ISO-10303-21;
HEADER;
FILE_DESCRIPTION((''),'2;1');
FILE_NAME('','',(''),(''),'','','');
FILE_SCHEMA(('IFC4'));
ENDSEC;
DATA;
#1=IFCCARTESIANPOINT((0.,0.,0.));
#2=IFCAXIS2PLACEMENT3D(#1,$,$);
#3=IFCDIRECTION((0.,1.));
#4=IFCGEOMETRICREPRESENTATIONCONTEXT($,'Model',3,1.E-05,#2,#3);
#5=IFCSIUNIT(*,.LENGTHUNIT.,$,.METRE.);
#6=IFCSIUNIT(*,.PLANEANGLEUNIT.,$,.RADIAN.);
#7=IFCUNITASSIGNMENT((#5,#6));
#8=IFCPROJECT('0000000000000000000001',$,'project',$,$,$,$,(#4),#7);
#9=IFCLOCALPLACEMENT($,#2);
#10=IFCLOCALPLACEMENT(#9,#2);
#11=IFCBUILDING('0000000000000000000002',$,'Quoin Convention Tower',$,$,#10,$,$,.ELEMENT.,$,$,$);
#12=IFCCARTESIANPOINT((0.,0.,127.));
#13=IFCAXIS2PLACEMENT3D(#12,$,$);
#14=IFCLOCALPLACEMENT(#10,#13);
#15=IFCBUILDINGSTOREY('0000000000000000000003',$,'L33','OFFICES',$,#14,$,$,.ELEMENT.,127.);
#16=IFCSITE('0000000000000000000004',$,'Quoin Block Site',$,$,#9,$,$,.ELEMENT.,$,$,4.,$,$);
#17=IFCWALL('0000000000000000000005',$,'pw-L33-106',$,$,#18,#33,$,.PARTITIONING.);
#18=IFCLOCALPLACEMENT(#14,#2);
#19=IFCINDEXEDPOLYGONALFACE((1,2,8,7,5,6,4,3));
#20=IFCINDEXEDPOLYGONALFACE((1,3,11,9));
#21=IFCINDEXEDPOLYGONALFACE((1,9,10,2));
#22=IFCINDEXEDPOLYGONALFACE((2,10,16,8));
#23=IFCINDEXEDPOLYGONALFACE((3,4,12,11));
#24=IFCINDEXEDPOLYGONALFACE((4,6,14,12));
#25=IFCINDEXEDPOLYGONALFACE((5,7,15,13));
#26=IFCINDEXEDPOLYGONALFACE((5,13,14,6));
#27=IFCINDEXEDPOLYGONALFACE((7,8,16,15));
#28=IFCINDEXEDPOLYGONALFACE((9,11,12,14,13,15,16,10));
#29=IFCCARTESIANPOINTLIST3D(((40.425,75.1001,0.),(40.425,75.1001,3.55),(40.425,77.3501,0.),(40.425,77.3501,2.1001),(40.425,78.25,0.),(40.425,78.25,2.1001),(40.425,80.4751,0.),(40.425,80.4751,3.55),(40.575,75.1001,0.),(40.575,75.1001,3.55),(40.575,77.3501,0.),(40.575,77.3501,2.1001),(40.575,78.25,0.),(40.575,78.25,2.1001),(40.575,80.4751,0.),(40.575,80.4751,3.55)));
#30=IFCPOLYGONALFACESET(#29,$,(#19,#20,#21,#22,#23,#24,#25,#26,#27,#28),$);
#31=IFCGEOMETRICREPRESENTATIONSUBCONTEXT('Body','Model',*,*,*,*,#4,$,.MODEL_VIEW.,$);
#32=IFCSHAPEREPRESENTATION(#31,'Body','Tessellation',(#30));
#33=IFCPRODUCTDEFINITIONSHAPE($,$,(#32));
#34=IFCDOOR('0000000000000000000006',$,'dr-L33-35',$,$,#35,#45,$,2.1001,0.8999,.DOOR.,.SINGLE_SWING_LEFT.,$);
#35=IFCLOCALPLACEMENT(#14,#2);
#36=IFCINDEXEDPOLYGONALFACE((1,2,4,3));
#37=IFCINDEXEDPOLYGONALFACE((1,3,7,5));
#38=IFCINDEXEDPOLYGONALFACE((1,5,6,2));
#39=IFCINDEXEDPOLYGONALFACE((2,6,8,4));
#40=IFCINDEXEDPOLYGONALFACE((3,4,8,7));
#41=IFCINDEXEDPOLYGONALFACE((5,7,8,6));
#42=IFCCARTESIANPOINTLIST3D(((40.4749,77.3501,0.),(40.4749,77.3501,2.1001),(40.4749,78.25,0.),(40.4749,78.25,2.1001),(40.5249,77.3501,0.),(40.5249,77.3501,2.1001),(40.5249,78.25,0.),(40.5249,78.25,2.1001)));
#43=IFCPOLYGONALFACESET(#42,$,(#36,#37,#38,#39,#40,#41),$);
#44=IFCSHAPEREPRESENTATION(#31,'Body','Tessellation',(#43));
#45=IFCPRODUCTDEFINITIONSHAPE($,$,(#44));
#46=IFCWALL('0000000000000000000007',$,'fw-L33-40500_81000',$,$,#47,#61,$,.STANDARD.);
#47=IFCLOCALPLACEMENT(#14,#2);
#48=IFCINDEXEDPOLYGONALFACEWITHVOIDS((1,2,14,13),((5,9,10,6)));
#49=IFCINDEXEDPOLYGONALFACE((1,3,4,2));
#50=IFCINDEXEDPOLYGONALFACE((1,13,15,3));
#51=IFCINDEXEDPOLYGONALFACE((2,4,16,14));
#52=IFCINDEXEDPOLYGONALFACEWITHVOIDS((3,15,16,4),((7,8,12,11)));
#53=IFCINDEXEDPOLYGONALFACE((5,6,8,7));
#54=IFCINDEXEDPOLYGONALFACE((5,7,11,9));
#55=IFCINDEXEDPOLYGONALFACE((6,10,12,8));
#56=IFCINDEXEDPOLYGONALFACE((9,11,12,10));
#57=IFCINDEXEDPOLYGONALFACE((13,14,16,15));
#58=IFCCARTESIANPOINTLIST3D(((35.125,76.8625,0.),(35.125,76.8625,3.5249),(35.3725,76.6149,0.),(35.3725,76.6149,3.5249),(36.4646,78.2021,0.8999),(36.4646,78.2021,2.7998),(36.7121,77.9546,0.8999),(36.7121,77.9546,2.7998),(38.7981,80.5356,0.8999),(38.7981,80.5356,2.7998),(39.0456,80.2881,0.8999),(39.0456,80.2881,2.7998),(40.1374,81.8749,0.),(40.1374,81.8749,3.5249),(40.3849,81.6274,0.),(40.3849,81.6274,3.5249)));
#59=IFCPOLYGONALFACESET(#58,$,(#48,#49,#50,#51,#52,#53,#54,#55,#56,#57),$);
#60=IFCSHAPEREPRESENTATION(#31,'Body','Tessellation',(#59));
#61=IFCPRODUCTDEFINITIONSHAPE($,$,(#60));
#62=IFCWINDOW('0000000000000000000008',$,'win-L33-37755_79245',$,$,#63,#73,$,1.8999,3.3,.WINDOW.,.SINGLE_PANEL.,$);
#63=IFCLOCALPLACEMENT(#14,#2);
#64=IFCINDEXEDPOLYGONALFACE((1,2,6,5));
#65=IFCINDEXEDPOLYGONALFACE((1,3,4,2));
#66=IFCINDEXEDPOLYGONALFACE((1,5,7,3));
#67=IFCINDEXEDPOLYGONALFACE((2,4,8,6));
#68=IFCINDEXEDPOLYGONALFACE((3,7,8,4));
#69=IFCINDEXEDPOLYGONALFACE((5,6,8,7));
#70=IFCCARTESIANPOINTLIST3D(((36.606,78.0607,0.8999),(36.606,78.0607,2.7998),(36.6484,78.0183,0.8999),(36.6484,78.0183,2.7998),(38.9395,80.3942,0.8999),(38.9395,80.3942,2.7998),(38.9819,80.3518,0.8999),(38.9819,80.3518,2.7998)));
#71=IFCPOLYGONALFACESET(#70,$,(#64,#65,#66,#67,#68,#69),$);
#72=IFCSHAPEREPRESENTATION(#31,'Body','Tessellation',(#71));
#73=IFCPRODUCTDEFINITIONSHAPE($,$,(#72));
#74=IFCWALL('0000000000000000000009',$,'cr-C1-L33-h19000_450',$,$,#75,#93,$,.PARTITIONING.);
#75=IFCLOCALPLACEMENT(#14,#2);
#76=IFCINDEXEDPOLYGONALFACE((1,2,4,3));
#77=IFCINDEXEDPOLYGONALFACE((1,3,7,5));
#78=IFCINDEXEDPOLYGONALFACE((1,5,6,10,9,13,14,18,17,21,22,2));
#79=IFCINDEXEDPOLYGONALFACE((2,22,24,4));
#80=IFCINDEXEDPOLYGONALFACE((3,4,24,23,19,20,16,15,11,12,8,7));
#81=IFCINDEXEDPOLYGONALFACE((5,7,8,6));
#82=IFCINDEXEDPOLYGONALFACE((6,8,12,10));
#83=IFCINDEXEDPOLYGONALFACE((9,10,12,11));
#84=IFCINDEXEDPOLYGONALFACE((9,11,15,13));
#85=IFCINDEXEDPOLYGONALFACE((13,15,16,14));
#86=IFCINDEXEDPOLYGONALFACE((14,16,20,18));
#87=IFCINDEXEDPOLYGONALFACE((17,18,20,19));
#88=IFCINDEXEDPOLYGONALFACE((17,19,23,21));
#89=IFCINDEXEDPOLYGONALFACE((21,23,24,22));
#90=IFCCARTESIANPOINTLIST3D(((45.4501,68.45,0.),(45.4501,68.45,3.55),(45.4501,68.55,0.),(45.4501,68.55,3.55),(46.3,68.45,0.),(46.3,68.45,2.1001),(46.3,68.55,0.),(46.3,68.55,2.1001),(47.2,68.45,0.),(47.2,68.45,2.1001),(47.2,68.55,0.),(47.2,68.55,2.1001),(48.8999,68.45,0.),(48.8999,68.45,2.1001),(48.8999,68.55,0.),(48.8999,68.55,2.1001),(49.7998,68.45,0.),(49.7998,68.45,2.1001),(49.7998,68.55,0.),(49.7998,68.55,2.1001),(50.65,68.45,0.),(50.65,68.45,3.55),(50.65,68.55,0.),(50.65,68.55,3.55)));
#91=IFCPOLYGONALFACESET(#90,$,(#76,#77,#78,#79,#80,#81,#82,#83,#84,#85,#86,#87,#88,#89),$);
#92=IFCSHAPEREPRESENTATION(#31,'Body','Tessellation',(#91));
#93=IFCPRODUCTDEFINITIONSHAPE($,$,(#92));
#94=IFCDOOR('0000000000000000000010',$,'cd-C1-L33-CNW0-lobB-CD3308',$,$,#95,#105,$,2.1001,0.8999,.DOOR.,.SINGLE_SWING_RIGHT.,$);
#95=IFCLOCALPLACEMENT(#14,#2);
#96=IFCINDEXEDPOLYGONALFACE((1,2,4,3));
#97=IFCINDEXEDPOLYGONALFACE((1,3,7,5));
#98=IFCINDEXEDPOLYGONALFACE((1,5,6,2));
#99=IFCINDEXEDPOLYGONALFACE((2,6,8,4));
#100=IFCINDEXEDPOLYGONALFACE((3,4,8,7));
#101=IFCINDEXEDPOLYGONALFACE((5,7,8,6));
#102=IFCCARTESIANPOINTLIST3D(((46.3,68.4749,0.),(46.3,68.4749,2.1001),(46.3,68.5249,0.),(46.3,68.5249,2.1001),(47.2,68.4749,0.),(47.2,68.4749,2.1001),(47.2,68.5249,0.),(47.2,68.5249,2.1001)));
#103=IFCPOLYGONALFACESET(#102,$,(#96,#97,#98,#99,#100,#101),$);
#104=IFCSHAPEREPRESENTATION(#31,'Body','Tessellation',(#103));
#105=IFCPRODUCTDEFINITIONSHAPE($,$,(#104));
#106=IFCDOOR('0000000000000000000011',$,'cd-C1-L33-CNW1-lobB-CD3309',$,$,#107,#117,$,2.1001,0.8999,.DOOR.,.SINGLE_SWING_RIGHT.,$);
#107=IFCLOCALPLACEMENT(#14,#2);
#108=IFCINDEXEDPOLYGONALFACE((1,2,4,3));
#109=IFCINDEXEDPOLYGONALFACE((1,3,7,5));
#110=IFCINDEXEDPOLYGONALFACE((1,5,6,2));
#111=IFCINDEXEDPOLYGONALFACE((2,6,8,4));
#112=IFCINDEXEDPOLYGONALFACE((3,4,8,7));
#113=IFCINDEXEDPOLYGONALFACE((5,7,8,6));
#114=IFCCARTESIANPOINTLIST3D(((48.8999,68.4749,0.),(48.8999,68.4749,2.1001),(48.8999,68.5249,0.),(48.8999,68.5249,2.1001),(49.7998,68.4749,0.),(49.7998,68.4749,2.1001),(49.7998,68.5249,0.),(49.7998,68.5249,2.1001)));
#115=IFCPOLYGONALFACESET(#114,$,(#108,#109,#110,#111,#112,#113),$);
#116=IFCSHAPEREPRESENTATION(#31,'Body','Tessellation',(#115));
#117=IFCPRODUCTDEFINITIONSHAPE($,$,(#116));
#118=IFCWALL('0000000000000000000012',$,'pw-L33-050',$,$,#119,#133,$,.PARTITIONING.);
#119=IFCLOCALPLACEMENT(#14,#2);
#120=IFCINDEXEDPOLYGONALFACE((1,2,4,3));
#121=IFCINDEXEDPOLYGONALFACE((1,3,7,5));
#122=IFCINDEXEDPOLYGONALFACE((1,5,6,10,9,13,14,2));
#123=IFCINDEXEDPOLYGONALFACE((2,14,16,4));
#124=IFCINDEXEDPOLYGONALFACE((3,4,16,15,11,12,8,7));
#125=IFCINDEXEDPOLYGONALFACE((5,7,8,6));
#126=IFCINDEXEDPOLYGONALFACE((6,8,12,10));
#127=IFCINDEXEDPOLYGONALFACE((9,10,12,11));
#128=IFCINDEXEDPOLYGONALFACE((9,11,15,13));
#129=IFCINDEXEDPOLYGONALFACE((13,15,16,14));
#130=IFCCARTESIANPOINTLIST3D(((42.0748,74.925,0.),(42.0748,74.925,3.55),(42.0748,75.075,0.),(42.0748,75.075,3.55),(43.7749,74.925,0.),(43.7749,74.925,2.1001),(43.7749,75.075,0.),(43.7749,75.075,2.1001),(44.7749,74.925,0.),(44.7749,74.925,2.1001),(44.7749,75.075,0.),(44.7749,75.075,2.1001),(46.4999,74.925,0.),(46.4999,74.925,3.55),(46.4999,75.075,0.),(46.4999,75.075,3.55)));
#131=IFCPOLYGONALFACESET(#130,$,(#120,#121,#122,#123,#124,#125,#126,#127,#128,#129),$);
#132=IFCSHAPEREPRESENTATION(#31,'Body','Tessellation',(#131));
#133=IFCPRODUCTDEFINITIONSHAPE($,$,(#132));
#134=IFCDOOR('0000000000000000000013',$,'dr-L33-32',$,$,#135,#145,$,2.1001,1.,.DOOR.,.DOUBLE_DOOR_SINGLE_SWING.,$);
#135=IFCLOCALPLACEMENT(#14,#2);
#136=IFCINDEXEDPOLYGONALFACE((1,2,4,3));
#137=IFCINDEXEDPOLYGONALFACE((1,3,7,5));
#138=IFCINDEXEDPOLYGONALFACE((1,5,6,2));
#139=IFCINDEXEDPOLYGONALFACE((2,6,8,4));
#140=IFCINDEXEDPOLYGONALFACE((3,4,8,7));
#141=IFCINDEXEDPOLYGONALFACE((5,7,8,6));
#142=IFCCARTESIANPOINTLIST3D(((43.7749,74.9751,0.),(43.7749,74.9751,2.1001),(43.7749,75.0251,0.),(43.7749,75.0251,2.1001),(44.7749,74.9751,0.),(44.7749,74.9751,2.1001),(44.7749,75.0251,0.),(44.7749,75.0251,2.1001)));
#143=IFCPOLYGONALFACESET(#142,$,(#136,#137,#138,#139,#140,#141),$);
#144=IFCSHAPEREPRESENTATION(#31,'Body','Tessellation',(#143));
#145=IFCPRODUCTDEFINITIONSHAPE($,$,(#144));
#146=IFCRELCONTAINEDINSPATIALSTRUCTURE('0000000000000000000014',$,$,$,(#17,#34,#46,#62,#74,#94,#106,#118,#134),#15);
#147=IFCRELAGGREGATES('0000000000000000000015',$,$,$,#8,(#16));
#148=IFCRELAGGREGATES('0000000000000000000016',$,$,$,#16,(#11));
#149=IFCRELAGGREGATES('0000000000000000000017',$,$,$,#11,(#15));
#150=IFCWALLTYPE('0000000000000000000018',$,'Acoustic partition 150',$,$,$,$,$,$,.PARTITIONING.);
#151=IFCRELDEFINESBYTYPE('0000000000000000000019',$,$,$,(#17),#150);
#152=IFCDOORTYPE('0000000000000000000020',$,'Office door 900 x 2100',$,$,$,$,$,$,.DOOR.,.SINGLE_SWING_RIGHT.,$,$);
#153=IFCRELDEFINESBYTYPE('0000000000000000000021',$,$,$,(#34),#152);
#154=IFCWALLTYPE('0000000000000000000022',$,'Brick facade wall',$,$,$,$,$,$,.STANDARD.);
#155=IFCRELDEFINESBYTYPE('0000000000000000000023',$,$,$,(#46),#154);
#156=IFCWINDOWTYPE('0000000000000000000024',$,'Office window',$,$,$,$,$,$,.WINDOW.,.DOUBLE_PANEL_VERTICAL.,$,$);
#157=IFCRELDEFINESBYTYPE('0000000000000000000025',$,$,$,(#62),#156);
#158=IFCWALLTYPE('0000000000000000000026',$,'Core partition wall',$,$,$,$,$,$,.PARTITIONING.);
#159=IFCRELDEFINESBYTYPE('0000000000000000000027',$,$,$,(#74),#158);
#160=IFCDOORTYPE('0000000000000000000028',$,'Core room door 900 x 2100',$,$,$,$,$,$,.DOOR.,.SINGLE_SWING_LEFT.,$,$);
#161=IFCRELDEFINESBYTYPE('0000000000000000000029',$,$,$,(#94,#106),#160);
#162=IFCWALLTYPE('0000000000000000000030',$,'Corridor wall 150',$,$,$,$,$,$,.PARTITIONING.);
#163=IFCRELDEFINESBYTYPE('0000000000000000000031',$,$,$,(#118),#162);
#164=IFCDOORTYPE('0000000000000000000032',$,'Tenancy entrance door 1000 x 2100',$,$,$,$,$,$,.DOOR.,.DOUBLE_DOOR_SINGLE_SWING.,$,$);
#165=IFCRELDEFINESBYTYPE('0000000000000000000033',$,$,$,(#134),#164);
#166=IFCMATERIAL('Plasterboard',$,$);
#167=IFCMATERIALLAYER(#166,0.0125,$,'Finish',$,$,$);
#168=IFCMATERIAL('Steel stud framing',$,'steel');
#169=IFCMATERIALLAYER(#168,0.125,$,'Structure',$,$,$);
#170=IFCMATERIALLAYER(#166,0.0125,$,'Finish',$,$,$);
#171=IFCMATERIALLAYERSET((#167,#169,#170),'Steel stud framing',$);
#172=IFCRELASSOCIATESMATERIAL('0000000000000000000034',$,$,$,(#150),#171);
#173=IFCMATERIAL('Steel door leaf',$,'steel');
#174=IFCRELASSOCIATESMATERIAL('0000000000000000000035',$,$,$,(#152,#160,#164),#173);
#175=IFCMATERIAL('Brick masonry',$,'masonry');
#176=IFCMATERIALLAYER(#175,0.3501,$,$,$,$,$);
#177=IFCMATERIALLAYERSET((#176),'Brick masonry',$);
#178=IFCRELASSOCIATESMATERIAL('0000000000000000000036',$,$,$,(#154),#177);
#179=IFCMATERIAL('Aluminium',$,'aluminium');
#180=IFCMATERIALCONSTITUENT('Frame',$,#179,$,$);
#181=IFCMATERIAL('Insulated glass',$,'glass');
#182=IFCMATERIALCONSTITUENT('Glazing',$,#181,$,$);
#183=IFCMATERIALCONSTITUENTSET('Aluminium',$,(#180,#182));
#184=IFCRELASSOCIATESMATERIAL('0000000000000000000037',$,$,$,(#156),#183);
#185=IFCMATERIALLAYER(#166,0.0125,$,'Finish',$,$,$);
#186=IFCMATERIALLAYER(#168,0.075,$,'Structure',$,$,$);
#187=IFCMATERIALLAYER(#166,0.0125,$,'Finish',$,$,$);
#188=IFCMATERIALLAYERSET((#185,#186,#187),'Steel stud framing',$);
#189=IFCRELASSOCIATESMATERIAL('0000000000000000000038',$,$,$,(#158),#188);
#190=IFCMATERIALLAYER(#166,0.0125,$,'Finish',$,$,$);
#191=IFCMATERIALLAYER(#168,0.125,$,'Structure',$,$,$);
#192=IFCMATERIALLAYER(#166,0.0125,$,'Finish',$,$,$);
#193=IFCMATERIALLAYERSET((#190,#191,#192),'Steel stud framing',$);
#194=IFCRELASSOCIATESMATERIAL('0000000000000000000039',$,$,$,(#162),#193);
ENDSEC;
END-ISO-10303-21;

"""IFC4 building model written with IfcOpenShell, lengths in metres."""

from ifc_helpers import new_model, si_unit, direction, frame, frame_2d, origin, place, context, subcontext, project, spatial, rectangle, extrude, material, layer, layer_set, constituent, constituent_set, type_object, element, fill, save


model = new_model("IFC4")

# Units and contexts
model_context = context("Model", 3, precision=1e-05, world=origin(), true_north=direction((0.0, 1.0)))
body_context = subcontext(model_context, "Body", "Model", "MODEL_VIEW")
ifc_project = project(units=[si_unit("LENGTHUNIT", "METRE"), si_unit("PLANEANGLEUNIT", "RADIAN")], contexts=[model_context])

# Site, building, storey
site_placement = place(None, origin())
site = spatial("IfcSite", under=ifc_project, at=site_placement, Name="Quoin Block Site", CompositionType="ELEMENT", RefElevation=4.0)
building_placement = place(site_placement, origin())
building = spatial("IfcBuilding", under=site, at=building_placement, Name="Quoin Convention Tower", CompositionType="ELEMENT")
storey_placement = place(building_placement, frame((0.0, 0.0, 127.0)))
storey = spatial("IfcBuildingStorey", under=building, at=storey_placement, Name="L33", Description="OFFICES", CompositionType="ELEMENT", Elevation=127.0)

# Wall, opening, door
ifc_material_1 = material(Name="Plasterboard")
ifc_layer_1 = layer(ifc_material_1, 0.0125, Name="Finish")
ifc_material_2 = material(Name="Steel stud framing", Category="steel")
ifc_layer_2 = layer(ifc_material_2, 0.125, Name="Structure")
ifc_layer_3 = layer(ifc_material_1, 0.0125, Name="Finish")
ifc_layer_set_1 = layer_set([ifc_layer_1, ifc_layer_2, ifc_layer_3], Name="Steel stud framing")
wall_type_1 = type_object("IfcWallType", Name="Acoustic partition 150", PredefinedType="PARTITIONING", material=ifc_layer_set_1)
wall_1_placement = place(storey_placement, frame((40.5, 75.1001, 0.0), z_axis=(0.0, 0.0, 1.0), x_axis=(0.0, 1.0, 0.0)))
wall_1 = element("IfcWall", 1, at=wall_1_placement, inside=storey, type_object=wall_type_1, Name="pw-L33-106", PredefinedType="PARTITIONING", context=body_context, shape_type="SweptSolid", body=[
    extrude(rectangle(XDim=5.375, YDim=0.1499, at=frame_2d((2.6875, 0.0))), origin(), (0.0, 0.0, 1.0), 3.55),
])
opening_1_placement = place(wall_1_placement, frame((2.25, 0.0, 0.0)))
opening_1 = element("IfcOpeningElement", 2, at=opening_1_placement, cuts=wall_1, PredefinedType="OPENING", context=body_context, shape_type="SweptSolid", body=[
    extrude(rectangle(XDim=0.8999, YDim=2.1001, at=frame_2d((0.45, 1.05))), frame((0.0, 0.085, 0.0), z_axis=(0.0, -1.0, 0.0), x_axis=(1.0, 0.0, 0.0)), (0.0, 0.0, 1.0), 0.1699),
])
ifc_material_3 = material(Name="Steel door leaf", Category="steel")
door_type_1 = type_object("IfcDoorType", Name="Office door 900 x 2100", OperationType="SINGLE_SWING_RIGHT", PredefinedType="DOOR", material=ifc_material_3)
door_1_placement = place(opening_1_placement, frame((0.8999, 0.0, 0.0), z_axis=(0.0, 0.0, 1.0), x_axis=(-1.0, 0.0, 0.0)))
door_1 = element("IfcDoor", 3, at=door_1_placement, inside=storey, type_object=door_type_1, Name="dr-L33-35", OperationType="SINGLE_SWING_LEFT", OverallHeight=2.1001, OverallWidth=0.8999, PredefinedType="DOOR", context=body_context, shape_type="SweptSolid", body=[
    extrude(rectangle(XDim=0.8999, YDim=2.1001, at=frame_2d((0.45, 1.05))), frame((0.0, 0.0249, 0.0), z_axis=(0.0, -1.0, 0.0), x_axis=(1.0, 0.0, 0.0)), (0.0, 0.0, 1.0), 0.05),
])
fill(opening_1, door_1)

# Wall, opening, window
ifc_material_4 = material(Name="Brick masonry", Category="masonry")
ifc_layer_4 = layer(ifc_material_4, 0.3501)
ifc_layer_set_2 = layer_set([ifc_layer_4], Name="Brick masonry")
wall_type_2 = type_object("IfcWallType", Name="Brick facade wall", PredefinedType="STANDARD", material=ifc_layer_set_2)
wall_2_placement = place(storey_placement, frame((40.2612, 81.7512, 0.0), z_axis=(0.0, 0.0, 1.0), x_axis=(-0.707107, -0.707107, 0.0)))
wall_2 = element("IfcWall", 4, at=wall_2_placement, inside=storey, type_object=wall_type_2, Name="fw-L33-40500_81000", PredefinedType="STANDARD", context=body_context, shape_type="SweptSolid", body=[
    extrude(rectangle(XDim=7.0886, YDim=0.3501, at=frame_2d((3.5444, 0.0))), origin(), (0.0, 0.0, 1.0), 3.5249),
])
opening_2_placement = place(wall_2_placement, frame((1.8943, 0.0, 0.8999)))
opening_2 = element("IfcOpeningElement", 5, at=opening_2_placement, cuts=wall_2, PredefinedType="OPENING", context=body_context, shape_type="SweptSolid", body=[
    extrude(rectangle(XDim=3.3, YDim=1.8999, at=frame_2d((1.6499, 0.95))), frame((0.0, 0.1851, 0.0), z_axis=(0.0, -1.0, 0.0), x_axis=(1.0, 0.0, 0.0)), (0.0, 0.0, 1.0), 0.3701),
])
ifc_material_5 = material(Name="Aluminium", Category="aluminium")
ifc_constituent_1 = constituent(ifc_material_5, Name="Frame")
ifc_material_6 = material(Name="Insulated glass", Category="glass")
ifc_constituent_2 = constituent(ifc_material_6, Name="Glazing")
ifc_constituent_set = constituent_set(constituents=[ifc_constituent_1, ifc_constituent_2], Name="Aluminium")
window_type = type_object("IfcWindowType", Name="Office window", PartitioningType="DOUBLE_PANEL_VERTICAL", PredefinedType="WINDOW", material=ifc_constituent_set)
window_placement = place(opening_2_placement, origin())
window = element("IfcWindow", 6, at=window_placement, inside=storey, type_object=window_type, Name="win-L33-37755_79245", OverallHeight=1.8999, OverallWidth=3.3, PartitioningType="SINGLE_PANEL", PredefinedType="WINDOW", context=body_context, shape_type="SweptSolid", body=[
    extrude(rectangle(XDim=3.3, YDim=1.8999, at=frame_2d((1.6499, 0.95))), frame((0.0, 0.085, 0.0), z_axis=(0.0, -1.0, 0.0), x_axis=(1.0, 0.0, 0.0)), (0.0, 0.0, 1.0), 0.0601),
])
fill(opening_2, window)

# Wall, openings, doors
ifc_layer_5 = layer(ifc_material_1, 0.0125, Name="Finish")
ifc_layer_6 = layer(ifc_material_2, 0.075, Name="Structure")
ifc_layer_7 = layer(ifc_material_1, 0.0125, Name="Finish")
ifc_layer_set_3 = layer_set([ifc_layer_5, ifc_layer_6, ifc_layer_7], Name="Steel stud framing")
wall_type_3 = type_object("IfcWallType", Name="Core partition wall", PredefinedType="PARTITIONING", material=ifc_layer_set_3)
wall_3_placement = place(storey_placement, frame((45.45, 68.5, 0.0), z_axis=(0.0, 0.0, 1.0), x_axis=(1.0, 0.0, 0.0)))
wall_3 = element("IfcWall", 7, at=wall_3_placement, inside=storey, type_object=wall_type_3, Name="cr-C1-L33-h19000_450", PredefinedType="PARTITIONING", context=body_context, shape_type="SweptSolid", body=[
    extrude(rectangle(XDim=5.2, YDim=0.1001, at=frame_2d((2.6001, 0.0))), origin(), (0.0, 0.0, 1.0), 3.55),
])
opening_3_placement = place(wall_3_placement, frame((0.8501, 0.0, 0.0)))
opening_3 = element("IfcOpeningElement", 8, at=opening_3_placement, cuts=wall_3, PredefinedType="OPENING", context=body_context, shape_type="SweptSolid", body=[
    extrude(rectangle(XDim=0.8999, YDim=2.1001, at=frame_2d((0.45, 1.05))), frame((0.0, 0.0601, 0.0), z_axis=(0.0, -1.0, 0.0), x_axis=(1.0, 0.0, 0.0)), (0.0, 0.0, 1.0), 0.1201),
])
opening_4_placement = place(wall_3_placement, frame((3.45, 0.0, 0.0)))
opening_4 = element("IfcOpeningElement", 9, at=opening_4_placement, cuts=wall_3, PredefinedType="OPENING", context=body_context, shape_type="SweptSolid", body=[
    extrude(rectangle(XDim=0.8999, YDim=2.1001, at=frame_2d((0.45, 1.05))), frame((0.0, 0.0601, 0.0), z_axis=(0.0, -1.0, 0.0), x_axis=(1.0, 0.0, 0.0)), (0.0, 0.0, 1.0), 0.1201),
])
door_type_2 = type_object("IfcDoorType", Name="Core room door 900 x 2100", OperationType="SINGLE_SWING_LEFT", PredefinedType="DOOR", material=ifc_material_3)
door_2_placement = place(opening_3_placement, origin())
door_2 = element("IfcDoor", 10, at=door_2_placement, inside=storey, type_object=door_type_2, Name="cd-C1-L33-CNW0-lobB-CD3308", OperationType="SINGLE_SWING_RIGHT", OverallHeight=2.1001, OverallWidth=0.8999, PredefinedType="DOOR", context=body_context, shape_type="SweptSolid", body=[
    extrude(rectangle(XDim=0.8999, YDim=2.1001, at=frame_2d((0.45, 1.05))), frame((0.0, 0.0249, 0.0), z_axis=(0.0, -1.0, 0.0), x_axis=(1.0, 0.0, 0.0)), (0.0, 0.0, 1.0), 0.05),
])
fill(opening_3, door_2)
door_3_placement = place(opening_4_placement, origin())
door_3 = element("IfcDoor", 11, at=door_3_placement, inside=storey, type_object=door_type_2, Name="cd-C1-L33-CNW1-lobB-CD3309", OperationType="SINGLE_SWING_RIGHT", OverallHeight=2.1001, OverallWidth=0.8999, PredefinedType="DOOR", context=body_context, shape_type="SweptSolid", body=[
    extrude(rectangle(XDim=0.8999, YDim=2.1001, at=frame_2d((0.45, 1.05))), frame((0.0, 0.0249, 0.0), z_axis=(0.0, -1.0, 0.0), x_axis=(1.0, 0.0, 0.0)), (0.0, 0.0, 1.0), 0.05),
])
fill(opening_4, door_3)

# Wall, opening, door
ifc_layer_8 = layer(ifc_material_1, 0.0125, Name="Finish")
ifc_layer_9 = layer(ifc_material_2, 0.125, Name="Structure")
ifc_layer_10 = layer(ifc_material_1, 0.0125, Name="Finish")
ifc_layer_set_4 = layer_set([ifc_layer_8, ifc_layer_9, ifc_layer_10], Name="Steel stud framing")
wall_type_4 = type_object("IfcWallType", Name="Corridor wall 150", PredefinedType="PARTITIONING", material=ifc_layer_set_4)
wall_4_placement = place(storey_placement, frame((42.075, 75.0, 0.0), z_axis=(0.0, 0.0, 1.0), x_axis=(1.0, 0.0, 0.0)))
wall_4 = element("IfcWall", 12, at=wall_4_placement, inside=storey, type_object=wall_type_4, Name="pw-L33-050", PredefinedType="PARTITIONING", context=body_context, shape_type="SweptSolid", body=[
    extrude(rectangle(XDim=4.425, YDim=0.1499, at=frame_2d((2.2124, 0.0))), origin(), (0.0, 0.0, 1.0), 3.55),
])
opening_5_placement = place(wall_4_placement, frame((1.7, 0.0, 0.0)))
opening_5 = element("IfcOpeningElement", 13, at=opening_5_placement, cuts=wall_4, PredefinedType="OPENING", context=body_context, shape_type="SweptSolid", body=[
    extrude(rectangle(XDim=1.0, YDim=2.1001, at=frame_2d((0.5, 1.05))), frame((0.0, 0.085, 0.0), z_axis=(0.0, -1.0, 0.0), x_axis=(1.0, 0.0, 0.0)), (0.0, 0.0, 1.0), 0.1699),
])
door_type_3 = type_object("IfcDoorType", Name="Tenancy entrance door 1000 x 2100", OperationType="DOUBLE_DOOR_SINGLE_SWING", PredefinedType="DOOR", material=ifc_material_3)
door_4_placement = place(opening_5_placement, frame((1.0, 0.0, 0.0), z_axis=(0.0, 0.0, 1.0), x_axis=(-1.0, 0.0, 0.0)))
door_4 = element("IfcDoor", 14, at=door_4_placement, inside=storey, type_object=door_type_3, Name="dr-L33-32", OperationType="DOUBLE_DOOR_SINGLE_SWING", OverallHeight=2.1001, OverallWidth=1.0, PredefinedType="DOOR", context=body_context, shape_type="SweptSolid", body=[
    extrude(rectangle(XDim=1.0, YDim=2.1001, at=frame_2d((0.5, 1.05))), frame((0.0, 0.0249, 0.0), z_axis=(0.0, -1.0, 0.0), x_axis=(1.0, 0.0, 0.0)), (0.0, 0.0, 1.0), 0.05),
])
fill(opening_5, door_4)

save(model, "model.ifc")
